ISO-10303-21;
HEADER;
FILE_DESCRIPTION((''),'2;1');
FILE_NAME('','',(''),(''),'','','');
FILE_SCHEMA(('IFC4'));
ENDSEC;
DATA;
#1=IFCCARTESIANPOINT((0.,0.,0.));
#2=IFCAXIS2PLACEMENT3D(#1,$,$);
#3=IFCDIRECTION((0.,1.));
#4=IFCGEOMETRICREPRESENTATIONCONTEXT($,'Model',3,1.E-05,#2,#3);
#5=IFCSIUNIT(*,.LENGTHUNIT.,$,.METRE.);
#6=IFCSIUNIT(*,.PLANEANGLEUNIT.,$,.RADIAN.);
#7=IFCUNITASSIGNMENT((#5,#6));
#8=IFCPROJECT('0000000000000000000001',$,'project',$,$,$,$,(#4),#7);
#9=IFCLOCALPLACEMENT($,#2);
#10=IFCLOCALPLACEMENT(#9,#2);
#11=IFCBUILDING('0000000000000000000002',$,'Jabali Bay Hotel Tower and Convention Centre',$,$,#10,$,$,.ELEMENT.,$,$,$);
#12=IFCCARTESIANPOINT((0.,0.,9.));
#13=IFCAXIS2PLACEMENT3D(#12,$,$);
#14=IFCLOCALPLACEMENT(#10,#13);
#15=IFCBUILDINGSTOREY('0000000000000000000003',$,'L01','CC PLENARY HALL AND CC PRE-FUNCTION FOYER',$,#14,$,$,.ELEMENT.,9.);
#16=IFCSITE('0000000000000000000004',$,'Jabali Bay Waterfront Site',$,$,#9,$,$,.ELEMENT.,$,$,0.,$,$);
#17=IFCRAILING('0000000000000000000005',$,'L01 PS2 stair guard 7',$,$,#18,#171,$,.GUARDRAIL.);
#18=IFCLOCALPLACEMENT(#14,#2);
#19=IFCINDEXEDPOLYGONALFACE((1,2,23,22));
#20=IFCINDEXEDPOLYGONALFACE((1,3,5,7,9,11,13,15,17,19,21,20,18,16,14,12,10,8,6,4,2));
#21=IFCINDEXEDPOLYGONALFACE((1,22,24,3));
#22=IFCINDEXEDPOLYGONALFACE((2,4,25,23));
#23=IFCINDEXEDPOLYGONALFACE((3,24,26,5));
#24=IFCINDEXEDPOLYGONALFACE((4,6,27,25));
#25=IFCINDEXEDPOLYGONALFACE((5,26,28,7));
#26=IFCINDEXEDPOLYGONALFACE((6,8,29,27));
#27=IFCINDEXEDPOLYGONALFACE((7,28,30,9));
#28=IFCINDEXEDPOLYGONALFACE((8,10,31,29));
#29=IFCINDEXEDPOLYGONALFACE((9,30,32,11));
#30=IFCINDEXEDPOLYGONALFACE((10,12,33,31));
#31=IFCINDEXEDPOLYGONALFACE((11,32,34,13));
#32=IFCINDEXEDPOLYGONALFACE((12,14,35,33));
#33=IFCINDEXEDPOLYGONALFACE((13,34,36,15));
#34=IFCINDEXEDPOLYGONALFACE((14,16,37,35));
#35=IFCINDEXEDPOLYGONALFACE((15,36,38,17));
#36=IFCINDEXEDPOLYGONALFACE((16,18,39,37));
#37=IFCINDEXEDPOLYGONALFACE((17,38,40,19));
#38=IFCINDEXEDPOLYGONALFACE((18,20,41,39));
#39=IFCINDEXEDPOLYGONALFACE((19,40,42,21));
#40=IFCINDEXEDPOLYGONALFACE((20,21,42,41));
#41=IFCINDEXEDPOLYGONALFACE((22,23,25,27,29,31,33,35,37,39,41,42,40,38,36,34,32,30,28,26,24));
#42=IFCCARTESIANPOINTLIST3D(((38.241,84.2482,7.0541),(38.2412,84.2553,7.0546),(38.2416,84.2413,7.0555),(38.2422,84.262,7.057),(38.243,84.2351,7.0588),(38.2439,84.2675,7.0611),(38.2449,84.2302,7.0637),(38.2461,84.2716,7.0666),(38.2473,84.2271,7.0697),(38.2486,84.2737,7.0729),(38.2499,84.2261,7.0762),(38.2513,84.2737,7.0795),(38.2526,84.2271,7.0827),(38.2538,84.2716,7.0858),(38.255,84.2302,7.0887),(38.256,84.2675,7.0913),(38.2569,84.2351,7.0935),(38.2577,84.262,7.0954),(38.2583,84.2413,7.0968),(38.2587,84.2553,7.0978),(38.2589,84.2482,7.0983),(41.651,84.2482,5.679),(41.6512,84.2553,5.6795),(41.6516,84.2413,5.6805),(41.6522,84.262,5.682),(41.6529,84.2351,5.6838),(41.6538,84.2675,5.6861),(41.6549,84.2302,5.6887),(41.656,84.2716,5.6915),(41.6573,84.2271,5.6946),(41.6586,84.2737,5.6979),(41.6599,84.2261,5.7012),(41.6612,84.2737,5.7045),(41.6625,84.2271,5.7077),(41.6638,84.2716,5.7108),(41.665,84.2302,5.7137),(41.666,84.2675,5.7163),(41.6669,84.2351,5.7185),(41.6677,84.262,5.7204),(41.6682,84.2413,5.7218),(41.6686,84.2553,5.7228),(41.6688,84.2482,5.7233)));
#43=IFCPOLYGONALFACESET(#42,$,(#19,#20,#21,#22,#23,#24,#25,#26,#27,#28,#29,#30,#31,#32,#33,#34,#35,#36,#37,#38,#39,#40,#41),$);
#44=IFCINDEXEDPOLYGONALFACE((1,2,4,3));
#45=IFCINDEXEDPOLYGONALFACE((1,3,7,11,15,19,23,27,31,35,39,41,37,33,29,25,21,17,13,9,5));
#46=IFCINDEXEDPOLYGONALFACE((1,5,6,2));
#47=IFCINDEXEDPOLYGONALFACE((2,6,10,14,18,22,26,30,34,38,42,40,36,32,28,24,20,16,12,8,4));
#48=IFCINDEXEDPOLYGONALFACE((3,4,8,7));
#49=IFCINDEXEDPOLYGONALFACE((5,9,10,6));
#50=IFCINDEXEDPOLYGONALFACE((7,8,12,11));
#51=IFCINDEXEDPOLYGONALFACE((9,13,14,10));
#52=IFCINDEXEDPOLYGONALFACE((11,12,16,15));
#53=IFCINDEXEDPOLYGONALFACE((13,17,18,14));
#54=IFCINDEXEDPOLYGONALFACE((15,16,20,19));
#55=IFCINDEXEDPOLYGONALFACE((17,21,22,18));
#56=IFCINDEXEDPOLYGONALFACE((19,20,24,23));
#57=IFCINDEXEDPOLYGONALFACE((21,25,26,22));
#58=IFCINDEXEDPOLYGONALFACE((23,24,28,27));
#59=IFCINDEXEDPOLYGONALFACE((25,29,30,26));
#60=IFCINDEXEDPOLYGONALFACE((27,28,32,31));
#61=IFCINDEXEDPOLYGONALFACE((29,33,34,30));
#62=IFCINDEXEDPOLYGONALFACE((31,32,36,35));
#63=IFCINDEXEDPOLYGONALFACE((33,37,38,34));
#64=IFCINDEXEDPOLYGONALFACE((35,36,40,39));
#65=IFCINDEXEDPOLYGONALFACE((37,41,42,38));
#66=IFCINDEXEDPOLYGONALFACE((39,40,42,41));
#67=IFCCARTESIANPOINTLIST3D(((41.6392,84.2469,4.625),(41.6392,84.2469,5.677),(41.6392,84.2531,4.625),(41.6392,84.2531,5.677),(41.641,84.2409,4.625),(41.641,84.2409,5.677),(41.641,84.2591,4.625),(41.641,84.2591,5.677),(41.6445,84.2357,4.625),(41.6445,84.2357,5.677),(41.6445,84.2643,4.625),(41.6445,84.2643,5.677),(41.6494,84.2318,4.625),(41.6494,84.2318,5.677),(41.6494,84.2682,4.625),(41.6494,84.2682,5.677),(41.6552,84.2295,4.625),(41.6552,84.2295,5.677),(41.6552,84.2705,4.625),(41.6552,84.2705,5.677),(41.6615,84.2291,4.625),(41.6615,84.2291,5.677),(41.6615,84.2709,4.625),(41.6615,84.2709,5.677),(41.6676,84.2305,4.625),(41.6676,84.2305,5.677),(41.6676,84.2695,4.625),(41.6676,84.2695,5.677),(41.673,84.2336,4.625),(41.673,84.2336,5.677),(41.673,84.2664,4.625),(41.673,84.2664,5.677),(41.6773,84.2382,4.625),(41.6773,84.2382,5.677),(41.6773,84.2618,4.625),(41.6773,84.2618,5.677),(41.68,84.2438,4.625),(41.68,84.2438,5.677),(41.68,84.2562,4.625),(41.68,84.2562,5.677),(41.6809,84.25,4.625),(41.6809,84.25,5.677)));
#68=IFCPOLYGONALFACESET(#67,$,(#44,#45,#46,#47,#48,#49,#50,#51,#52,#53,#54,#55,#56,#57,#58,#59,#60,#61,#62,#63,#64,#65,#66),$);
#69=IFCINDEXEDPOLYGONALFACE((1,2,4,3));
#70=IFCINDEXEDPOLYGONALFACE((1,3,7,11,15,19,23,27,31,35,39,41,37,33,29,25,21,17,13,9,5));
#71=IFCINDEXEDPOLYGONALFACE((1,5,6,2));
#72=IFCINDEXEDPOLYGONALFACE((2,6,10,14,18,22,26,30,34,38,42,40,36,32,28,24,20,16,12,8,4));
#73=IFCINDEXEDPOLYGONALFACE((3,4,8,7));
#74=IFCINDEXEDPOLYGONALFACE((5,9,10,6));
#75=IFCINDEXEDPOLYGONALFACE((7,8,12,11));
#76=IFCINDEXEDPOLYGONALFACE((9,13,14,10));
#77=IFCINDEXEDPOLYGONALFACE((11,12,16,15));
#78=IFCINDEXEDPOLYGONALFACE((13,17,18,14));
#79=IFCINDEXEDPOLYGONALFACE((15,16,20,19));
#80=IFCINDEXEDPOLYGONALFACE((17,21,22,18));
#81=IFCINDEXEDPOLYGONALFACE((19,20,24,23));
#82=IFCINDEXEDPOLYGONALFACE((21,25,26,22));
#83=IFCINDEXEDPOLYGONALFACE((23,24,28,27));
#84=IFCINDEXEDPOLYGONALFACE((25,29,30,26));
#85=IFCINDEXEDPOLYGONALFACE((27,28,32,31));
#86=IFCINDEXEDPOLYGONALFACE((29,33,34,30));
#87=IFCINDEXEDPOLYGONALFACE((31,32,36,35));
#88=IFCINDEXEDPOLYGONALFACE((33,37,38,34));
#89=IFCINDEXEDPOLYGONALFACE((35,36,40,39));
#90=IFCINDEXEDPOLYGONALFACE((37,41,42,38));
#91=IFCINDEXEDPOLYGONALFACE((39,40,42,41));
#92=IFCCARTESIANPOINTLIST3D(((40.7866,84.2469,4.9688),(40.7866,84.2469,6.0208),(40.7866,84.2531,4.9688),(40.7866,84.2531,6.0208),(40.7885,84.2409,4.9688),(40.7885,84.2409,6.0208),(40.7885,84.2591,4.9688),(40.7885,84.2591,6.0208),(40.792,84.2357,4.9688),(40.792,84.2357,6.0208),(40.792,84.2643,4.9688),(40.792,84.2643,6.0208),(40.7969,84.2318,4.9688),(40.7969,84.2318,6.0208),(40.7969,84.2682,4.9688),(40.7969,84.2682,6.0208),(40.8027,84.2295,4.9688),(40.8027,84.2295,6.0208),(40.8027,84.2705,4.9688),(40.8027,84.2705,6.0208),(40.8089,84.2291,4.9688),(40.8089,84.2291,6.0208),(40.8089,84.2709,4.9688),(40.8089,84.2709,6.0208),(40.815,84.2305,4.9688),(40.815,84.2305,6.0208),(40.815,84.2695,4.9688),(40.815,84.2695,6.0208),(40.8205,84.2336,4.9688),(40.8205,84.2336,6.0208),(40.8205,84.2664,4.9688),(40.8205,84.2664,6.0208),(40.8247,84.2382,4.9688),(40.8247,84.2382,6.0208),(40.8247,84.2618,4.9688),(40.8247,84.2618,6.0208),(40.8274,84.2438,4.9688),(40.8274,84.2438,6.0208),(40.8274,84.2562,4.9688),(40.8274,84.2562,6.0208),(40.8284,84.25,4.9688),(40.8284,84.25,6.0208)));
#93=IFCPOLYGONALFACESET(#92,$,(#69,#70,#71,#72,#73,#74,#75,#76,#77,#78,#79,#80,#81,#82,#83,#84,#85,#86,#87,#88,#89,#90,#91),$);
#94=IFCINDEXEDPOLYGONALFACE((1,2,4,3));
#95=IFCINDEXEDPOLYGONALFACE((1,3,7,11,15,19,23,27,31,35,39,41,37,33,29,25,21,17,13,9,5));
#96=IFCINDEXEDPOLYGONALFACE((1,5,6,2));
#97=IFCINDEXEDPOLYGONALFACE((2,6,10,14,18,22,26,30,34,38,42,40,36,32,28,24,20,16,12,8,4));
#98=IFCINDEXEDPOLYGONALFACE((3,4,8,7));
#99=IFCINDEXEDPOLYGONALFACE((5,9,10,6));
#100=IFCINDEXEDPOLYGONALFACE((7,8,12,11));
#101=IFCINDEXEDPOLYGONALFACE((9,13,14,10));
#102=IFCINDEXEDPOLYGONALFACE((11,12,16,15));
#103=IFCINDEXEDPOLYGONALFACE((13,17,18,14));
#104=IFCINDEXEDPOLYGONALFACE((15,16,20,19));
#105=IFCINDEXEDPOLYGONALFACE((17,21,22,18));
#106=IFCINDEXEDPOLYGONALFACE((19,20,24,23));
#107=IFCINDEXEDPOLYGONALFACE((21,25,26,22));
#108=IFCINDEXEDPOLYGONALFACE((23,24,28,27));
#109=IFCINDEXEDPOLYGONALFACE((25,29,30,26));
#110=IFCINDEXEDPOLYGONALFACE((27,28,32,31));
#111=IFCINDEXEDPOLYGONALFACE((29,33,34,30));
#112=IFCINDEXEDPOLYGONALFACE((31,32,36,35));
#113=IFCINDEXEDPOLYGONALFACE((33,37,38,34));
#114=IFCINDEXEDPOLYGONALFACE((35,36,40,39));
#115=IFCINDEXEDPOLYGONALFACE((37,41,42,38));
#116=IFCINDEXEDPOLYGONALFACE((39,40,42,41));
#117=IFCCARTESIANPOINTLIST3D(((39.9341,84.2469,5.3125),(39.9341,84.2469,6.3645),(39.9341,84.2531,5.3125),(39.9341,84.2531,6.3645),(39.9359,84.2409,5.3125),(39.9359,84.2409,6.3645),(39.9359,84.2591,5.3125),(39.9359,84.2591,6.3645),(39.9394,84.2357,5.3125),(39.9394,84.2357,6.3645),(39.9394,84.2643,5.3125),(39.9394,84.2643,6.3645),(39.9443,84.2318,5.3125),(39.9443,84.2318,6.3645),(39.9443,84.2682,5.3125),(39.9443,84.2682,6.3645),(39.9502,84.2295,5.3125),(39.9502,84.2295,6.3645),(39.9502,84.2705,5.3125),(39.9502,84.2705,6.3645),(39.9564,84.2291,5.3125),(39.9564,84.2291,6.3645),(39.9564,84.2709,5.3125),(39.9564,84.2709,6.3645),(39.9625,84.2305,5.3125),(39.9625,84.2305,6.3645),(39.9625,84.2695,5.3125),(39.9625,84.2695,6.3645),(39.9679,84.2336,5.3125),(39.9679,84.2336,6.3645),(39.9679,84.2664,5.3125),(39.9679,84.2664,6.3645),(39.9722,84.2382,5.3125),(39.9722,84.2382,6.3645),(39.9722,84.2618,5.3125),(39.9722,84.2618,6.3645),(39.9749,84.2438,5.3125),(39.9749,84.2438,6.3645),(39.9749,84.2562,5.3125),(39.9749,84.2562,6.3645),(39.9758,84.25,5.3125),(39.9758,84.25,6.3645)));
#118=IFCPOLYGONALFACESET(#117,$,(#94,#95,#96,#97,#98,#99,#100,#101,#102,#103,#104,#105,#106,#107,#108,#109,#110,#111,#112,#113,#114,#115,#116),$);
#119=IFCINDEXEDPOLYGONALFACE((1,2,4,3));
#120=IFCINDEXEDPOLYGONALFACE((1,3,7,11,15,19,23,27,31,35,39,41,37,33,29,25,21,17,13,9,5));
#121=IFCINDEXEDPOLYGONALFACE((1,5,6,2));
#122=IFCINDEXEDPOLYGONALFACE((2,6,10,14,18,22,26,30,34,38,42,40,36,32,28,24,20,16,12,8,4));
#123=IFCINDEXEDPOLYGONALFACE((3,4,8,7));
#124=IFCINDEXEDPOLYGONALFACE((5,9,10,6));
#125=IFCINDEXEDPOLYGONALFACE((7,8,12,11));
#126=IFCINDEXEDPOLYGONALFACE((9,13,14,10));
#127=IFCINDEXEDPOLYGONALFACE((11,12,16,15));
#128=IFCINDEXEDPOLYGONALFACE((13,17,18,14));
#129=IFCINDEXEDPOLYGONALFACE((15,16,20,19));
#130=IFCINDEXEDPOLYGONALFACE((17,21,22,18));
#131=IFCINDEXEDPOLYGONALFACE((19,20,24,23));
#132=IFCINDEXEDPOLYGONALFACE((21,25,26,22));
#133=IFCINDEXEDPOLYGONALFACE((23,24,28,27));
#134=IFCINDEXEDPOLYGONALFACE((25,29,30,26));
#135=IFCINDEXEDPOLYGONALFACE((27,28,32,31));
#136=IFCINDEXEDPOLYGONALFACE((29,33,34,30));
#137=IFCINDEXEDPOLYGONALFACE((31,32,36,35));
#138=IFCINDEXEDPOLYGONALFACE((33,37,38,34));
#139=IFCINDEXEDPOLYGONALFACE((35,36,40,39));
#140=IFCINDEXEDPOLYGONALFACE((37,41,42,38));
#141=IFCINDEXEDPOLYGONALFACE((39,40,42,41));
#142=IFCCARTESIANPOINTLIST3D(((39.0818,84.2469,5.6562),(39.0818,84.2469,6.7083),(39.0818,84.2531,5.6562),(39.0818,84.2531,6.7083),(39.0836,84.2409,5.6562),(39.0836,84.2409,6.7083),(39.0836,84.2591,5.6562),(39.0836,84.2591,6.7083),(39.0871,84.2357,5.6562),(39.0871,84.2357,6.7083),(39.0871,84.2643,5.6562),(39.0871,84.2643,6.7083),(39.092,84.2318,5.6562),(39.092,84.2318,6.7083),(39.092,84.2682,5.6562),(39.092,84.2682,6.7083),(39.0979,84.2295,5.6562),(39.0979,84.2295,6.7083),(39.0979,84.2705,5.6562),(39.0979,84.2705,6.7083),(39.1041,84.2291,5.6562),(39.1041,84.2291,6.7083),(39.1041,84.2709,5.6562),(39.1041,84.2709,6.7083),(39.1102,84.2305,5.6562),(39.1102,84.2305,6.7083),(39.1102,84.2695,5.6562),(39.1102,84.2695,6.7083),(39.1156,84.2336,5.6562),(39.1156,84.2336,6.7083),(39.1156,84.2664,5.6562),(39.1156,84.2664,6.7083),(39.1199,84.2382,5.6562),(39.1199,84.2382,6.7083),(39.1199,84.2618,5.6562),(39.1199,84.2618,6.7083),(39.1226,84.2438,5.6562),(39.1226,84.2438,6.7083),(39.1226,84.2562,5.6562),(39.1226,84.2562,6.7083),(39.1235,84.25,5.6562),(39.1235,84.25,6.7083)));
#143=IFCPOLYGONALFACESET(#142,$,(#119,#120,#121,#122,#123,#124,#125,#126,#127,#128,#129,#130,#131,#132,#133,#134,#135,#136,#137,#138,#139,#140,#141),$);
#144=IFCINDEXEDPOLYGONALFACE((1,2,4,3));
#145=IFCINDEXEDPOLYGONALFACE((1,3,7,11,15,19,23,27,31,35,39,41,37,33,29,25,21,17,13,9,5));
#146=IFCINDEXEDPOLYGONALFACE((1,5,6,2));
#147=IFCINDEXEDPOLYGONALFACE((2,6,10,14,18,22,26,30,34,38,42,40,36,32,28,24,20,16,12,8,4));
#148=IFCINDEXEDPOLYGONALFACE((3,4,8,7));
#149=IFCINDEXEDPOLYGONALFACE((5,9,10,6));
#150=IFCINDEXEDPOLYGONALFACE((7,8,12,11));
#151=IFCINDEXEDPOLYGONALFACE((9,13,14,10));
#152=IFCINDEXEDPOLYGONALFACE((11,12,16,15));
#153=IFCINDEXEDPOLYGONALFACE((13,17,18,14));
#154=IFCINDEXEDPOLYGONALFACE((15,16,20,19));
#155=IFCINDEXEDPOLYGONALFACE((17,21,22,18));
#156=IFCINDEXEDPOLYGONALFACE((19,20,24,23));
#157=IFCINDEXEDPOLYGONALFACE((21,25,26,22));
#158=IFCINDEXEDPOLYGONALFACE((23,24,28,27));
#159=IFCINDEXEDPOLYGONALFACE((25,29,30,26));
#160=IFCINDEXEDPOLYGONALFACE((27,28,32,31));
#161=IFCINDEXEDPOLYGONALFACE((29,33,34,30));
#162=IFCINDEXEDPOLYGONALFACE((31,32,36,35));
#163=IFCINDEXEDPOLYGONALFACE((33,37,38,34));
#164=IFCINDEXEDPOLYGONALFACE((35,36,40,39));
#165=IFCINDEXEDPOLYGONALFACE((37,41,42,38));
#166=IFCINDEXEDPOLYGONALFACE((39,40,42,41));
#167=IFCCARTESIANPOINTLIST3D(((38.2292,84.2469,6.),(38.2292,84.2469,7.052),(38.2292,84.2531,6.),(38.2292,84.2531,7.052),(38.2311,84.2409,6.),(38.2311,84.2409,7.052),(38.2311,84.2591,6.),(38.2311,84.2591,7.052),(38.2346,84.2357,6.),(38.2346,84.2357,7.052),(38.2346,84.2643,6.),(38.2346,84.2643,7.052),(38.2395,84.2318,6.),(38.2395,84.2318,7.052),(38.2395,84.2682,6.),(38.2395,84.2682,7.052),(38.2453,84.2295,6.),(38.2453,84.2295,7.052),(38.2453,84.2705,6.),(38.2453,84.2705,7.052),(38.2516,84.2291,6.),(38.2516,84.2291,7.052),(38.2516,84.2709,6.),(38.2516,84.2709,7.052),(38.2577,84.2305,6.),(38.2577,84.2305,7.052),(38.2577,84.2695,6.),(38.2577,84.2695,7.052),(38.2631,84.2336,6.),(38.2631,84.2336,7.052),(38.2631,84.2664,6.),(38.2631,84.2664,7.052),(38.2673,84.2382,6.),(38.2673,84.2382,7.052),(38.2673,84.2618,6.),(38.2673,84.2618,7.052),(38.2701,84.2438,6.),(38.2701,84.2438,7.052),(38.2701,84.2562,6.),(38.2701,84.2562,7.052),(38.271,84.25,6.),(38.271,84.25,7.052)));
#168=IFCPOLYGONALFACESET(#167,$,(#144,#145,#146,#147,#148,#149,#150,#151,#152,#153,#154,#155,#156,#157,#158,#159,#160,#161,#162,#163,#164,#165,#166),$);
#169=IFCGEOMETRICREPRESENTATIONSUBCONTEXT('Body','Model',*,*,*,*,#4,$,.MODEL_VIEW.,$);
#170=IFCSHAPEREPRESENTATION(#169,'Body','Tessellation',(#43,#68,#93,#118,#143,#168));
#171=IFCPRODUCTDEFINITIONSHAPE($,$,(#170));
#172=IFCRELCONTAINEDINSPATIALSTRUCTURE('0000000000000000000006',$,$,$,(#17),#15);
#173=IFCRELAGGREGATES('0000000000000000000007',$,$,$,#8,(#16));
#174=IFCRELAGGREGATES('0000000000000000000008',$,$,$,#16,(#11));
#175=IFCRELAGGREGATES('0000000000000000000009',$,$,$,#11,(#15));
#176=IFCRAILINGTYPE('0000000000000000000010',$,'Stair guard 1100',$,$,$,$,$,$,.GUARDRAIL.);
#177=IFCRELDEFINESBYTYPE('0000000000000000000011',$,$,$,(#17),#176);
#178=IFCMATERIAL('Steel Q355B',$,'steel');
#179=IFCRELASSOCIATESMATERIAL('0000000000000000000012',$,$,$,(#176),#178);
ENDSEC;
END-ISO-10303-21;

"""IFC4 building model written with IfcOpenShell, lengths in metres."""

from ifc_helpers import new_model, si_unit, direction, frame, origin, origin_2d, place, context, subcontext, project, spatial, circle, extrude, material, type_object, element, save


model = new_model("IFC4")

# Units and contexts
model_context = context("Model", 3, precision=1e-05, world=origin(), true_north=direction((0.0, 1.0)))
body_context = subcontext(model_context, "Body", "Model", "MODEL_VIEW")
ifc_project = project(units=[si_unit("LENGTHUNIT", "METRE"), si_unit("PLANEANGLEUNIT", "RADIAN")], contexts=[model_context])

# Site, building, storey
site_placement = place(None, origin())
site = spatial("IfcSite", under=ifc_project, at=site_placement, Name="Jabali Bay Waterfront Site", CompositionType="ELEMENT", RefElevation=0.0)
building_placement = place(site_placement, origin())
building = spatial("IfcBuilding", under=site, at=building_placement, Name="Jabali Bay Hotel Tower and Convention Centre", CompositionType="ELEMENT")
storey_placement = place(building_placement, frame((0.0, 0.0, 9.0)))
storey = spatial("IfcBuildingStorey", under=building, at=storey_placement, Name="L01", Description="CC PLENARY HALL AND CC PRE-FUNCTION FOYER", CompositionType="ELEMENT", Elevation=9.0)

# Railing
ifc_material_1 = material(Name="Steel Q355B", Category="steel")
railing_type_1 = type_object("IfcRailingType", Name="Stair guard 1100", PredefinedType="GUARDRAIL", material=ifc_material_1)
railing_1_placement = place(storey_placement, frame((41.6599, 84.25, 4.625)))
element("IfcRailing", 1, at=railing_1_placement, inside=storey, type_object=railing_type_1, Name="L01 PS2 stair guard 7", PredefinedType="GUARDRAIL", context=body_context, shape_type="SweptSolid", body=[
    extrude(circle(Radius=0.0239, at=origin_2d()), frame((0.0, 0.0, 1.0762), z_axis=(-0.927438, 0.0, 0.373977), x_axis=(0.0, -1.0, 0.0)), (0.0, 0.0, 1.0), 3.6768),
    extrude(circle(Radius=0.021, at=origin_2d()), origin(), (0.0, 0.0, 1.0), 1.052),
    extrude(circle(Radius=0.021, at=origin_2d()), frame((-0.8525, 0.0, 0.3438)), (0.0, 0.0, 1.0), 1.052),
    extrude(circle(Radius=0.021, at=origin_2d()), frame((-1.7051, 0.0, 0.6875)), (0.0, 0.0, 1.0), 1.052),
    extrude(circle(Radius=0.021, at=origin_2d()), frame((-2.5574, 0.0, 1.0312)), (0.0, 0.0, 1.0), 1.052),
    extrude(circle(Radius=0.021, at=origin_2d()), frame((-3.4099, 0.0, 1.375)), (0.0, 0.0, 1.0), 1.052),
])

save(model, "model.ifc")
